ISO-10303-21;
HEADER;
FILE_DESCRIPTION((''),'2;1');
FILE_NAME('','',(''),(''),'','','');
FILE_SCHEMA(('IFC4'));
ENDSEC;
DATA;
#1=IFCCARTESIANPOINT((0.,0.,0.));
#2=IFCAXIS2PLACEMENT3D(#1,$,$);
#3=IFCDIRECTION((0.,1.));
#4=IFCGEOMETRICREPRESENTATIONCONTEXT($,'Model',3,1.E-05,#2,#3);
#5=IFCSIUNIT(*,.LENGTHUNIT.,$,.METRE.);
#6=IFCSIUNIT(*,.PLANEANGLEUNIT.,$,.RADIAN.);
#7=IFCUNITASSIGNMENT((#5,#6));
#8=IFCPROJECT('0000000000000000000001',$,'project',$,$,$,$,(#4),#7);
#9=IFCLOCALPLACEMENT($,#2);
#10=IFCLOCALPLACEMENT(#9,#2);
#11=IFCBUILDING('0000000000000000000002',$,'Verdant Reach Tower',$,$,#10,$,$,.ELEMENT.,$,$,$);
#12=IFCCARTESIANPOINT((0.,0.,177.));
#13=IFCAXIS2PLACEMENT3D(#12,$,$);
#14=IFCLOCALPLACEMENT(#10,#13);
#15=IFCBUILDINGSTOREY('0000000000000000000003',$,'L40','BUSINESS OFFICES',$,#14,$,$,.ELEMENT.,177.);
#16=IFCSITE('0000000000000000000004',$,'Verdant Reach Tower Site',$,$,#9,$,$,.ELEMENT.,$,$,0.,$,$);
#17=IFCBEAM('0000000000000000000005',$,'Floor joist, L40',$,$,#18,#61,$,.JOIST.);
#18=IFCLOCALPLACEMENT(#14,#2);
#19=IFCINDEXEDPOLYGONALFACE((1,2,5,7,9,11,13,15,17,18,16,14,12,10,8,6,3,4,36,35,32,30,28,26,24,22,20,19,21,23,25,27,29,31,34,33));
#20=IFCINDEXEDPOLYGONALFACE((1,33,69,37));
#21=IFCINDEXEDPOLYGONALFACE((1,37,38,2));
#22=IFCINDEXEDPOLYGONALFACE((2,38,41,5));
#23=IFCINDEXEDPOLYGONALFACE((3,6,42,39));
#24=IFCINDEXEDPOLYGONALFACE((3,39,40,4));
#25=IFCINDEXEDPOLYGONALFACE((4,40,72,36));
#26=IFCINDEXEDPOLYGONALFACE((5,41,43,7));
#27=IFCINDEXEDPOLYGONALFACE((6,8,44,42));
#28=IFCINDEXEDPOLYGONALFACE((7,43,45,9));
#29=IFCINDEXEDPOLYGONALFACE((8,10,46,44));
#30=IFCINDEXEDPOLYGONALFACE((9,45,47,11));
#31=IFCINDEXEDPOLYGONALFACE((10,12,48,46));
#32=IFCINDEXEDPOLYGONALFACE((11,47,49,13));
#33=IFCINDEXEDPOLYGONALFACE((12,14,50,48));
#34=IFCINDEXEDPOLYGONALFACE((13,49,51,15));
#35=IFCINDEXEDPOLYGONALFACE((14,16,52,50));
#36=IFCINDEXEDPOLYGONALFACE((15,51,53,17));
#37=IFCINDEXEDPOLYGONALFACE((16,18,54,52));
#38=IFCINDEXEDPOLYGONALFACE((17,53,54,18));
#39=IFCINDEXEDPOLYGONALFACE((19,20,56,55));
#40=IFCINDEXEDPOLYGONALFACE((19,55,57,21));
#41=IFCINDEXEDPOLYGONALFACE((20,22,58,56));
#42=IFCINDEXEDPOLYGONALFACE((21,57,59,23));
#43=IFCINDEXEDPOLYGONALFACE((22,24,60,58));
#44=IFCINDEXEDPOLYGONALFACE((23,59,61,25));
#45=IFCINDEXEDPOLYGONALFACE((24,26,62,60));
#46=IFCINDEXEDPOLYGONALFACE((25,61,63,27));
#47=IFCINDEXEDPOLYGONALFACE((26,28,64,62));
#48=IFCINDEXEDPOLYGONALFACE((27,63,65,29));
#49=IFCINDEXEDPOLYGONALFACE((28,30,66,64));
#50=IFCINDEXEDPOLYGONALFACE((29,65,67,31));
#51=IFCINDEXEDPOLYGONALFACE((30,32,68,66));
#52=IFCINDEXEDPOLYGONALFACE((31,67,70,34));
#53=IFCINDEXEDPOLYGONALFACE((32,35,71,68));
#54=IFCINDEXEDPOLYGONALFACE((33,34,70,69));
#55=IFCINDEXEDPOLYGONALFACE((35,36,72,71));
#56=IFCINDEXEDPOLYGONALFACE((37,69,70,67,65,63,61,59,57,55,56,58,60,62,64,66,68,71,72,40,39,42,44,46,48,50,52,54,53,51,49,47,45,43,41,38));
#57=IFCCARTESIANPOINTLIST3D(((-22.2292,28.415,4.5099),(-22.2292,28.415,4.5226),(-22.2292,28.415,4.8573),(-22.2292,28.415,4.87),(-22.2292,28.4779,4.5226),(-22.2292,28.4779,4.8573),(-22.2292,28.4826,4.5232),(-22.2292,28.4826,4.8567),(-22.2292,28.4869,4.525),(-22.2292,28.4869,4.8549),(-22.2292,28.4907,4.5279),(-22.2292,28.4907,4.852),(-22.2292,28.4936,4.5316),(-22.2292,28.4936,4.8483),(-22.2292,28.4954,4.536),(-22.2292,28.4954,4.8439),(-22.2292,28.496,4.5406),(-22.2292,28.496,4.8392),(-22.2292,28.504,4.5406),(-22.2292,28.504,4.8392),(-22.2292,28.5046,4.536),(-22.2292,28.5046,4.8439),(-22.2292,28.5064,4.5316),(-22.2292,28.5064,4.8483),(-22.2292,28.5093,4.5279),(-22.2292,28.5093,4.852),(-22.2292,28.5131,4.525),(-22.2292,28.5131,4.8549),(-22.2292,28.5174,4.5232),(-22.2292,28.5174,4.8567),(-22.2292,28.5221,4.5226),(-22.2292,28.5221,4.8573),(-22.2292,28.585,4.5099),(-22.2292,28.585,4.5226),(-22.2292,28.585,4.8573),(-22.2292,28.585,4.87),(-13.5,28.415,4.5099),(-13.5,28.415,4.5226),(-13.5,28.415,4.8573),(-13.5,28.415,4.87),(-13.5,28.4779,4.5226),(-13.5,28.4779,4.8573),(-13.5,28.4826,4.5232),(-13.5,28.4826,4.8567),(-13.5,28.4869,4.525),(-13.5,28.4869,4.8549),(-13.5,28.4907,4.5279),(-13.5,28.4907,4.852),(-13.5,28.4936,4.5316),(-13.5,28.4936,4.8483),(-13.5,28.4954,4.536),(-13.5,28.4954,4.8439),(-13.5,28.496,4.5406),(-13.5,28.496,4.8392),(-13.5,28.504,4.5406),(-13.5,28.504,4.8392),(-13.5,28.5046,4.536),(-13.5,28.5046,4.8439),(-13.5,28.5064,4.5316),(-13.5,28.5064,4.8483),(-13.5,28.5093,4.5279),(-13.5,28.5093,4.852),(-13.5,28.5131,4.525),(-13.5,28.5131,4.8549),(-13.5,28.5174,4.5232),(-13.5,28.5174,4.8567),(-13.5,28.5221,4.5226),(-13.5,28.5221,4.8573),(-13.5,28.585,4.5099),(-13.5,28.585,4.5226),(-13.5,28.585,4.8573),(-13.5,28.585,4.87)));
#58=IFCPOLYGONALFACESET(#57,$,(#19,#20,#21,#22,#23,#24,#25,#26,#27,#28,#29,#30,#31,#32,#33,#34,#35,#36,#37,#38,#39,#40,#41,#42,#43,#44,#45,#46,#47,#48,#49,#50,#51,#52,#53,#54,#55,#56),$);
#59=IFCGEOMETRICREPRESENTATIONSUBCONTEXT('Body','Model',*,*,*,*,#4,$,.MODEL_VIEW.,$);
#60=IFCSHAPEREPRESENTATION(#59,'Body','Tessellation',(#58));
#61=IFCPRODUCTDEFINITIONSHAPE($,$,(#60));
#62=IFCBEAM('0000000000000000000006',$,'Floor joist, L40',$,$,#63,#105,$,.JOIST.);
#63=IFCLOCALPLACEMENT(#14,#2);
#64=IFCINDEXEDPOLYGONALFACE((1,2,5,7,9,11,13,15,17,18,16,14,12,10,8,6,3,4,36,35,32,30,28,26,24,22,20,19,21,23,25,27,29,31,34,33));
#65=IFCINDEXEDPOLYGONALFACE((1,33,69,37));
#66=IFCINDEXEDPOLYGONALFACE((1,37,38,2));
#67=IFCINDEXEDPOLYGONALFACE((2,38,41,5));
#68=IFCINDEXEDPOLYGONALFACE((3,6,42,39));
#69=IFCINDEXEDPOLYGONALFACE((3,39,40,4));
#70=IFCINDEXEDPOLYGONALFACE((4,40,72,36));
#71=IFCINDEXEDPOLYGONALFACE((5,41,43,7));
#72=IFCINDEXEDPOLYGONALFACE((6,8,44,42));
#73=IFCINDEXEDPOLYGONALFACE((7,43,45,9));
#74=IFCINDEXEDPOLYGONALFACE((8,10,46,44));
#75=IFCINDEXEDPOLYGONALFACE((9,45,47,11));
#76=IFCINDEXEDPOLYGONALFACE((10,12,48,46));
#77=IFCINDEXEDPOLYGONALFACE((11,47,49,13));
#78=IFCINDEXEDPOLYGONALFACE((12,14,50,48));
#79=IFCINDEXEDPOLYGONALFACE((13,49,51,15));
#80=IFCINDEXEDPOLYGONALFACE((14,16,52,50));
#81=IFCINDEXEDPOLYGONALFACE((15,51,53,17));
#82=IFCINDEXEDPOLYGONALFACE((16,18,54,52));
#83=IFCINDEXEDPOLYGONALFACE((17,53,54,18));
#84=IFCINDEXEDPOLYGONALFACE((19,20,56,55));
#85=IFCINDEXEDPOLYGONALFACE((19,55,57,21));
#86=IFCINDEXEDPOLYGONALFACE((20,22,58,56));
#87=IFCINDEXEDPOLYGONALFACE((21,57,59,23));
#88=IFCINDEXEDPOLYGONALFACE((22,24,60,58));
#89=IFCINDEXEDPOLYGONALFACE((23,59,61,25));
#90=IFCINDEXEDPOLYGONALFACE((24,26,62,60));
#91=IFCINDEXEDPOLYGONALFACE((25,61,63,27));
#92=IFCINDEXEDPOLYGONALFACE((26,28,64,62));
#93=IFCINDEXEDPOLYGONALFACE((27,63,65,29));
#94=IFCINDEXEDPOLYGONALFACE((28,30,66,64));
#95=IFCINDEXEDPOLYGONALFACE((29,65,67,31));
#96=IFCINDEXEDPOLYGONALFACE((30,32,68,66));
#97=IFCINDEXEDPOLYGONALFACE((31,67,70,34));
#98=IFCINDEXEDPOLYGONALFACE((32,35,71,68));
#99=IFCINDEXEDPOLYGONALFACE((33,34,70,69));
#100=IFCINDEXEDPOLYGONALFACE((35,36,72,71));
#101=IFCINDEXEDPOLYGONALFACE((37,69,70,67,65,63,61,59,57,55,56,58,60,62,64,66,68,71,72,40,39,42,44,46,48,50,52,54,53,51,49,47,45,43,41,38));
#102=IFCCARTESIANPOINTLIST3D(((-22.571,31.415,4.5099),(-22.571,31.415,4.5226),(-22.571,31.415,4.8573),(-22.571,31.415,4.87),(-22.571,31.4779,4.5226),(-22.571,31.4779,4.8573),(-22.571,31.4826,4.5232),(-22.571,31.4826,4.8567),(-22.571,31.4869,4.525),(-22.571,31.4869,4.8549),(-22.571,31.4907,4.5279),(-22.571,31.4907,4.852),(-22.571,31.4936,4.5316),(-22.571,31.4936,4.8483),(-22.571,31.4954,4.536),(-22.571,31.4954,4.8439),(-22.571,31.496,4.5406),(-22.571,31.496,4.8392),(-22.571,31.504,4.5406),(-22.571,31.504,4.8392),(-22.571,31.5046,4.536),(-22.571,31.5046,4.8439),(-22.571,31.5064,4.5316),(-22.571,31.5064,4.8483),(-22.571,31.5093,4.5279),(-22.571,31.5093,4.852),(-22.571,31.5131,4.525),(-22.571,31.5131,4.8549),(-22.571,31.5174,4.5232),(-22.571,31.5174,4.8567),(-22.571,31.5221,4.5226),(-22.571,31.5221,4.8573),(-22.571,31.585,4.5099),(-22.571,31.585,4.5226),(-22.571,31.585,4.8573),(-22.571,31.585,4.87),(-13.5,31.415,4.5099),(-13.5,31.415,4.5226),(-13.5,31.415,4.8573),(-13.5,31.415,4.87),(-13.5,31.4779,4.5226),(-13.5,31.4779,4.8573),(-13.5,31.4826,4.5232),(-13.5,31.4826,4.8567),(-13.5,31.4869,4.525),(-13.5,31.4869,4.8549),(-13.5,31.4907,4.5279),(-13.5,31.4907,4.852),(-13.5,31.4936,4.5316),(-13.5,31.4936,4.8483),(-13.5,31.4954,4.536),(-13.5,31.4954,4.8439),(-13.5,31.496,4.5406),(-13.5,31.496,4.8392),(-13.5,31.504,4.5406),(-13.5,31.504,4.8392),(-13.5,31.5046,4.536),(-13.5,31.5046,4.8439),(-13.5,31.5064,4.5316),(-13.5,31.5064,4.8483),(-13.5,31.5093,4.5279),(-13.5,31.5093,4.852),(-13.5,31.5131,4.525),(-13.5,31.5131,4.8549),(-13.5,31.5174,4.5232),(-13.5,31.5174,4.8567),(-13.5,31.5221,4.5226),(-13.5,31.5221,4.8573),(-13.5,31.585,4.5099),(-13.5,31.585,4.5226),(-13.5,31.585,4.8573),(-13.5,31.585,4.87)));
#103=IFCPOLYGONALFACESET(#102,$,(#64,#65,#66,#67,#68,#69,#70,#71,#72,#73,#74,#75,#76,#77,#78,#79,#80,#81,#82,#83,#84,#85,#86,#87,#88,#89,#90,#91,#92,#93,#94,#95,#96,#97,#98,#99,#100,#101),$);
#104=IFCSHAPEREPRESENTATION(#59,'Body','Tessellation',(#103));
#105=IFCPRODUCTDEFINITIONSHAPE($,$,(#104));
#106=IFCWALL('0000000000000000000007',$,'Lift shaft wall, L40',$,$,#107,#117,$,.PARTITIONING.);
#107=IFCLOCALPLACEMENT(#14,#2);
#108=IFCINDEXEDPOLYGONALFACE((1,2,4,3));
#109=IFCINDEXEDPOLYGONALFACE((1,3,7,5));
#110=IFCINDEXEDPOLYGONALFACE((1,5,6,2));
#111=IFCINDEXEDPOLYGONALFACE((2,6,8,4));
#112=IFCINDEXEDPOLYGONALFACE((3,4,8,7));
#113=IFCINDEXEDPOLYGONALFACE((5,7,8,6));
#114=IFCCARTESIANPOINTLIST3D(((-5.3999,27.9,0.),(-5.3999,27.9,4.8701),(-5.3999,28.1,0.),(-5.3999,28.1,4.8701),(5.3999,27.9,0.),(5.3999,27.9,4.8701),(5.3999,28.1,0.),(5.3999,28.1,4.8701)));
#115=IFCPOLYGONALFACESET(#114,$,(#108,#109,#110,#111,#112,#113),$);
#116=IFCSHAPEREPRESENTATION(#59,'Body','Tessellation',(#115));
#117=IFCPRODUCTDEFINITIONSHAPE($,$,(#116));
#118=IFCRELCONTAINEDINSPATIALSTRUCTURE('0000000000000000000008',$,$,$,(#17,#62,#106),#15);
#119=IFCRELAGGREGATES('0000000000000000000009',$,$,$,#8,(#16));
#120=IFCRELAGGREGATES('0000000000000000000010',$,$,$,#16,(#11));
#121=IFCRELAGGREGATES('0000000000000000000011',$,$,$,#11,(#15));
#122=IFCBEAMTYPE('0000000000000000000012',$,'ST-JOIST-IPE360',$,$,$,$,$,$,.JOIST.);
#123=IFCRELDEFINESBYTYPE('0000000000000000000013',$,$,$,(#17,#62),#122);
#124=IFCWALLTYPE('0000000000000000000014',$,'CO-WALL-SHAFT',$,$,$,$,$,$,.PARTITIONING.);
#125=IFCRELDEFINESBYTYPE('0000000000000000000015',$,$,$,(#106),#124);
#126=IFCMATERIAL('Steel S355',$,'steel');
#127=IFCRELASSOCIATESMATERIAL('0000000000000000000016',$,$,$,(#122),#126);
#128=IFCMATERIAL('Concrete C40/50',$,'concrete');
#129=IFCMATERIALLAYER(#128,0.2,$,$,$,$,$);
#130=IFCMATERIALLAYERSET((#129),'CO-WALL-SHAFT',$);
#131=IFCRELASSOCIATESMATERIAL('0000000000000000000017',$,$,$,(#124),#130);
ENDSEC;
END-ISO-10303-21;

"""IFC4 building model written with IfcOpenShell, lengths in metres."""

from ifc_helpers import new_model, si_unit, direction, frame, frame_2d, origin, origin_2d, place, context, subcontext, project, spatial, rectangle, i_section, extrude, material, layer, layer_set, material_profile, profile_set, type_object, element, save


model = new_model("IFC4")

# Units and contexts
model_context = context("Model", 3, precision=1e-05, world=origin(), true_north=direction((0.0, 1.0)))
body_context = subcontext(model_context, "Body", "Model", "MODEL_VIEW")
ifc_project = project(units=[si_unit("LENGTHUNIT", "METRE"), si_unit("PLANEANGLEUNIT", "RADIAN")], contexts=[model_context])

# Site, building, storey
site_placement = place(None, origin())
site = spatial("IfcSite", under=ifc_project, at=site_placement, Name="Verdant Reach Tower Site", CompositionType="ELEMENT", RefElevation=0.0)
building_placement = place(site_placement, origin())
building = spatial("IfcBuilding", under=site, at=building_placement, Name="Verdant Reach Tower", CompositionType="ELEMENT")
storey_placement = place(building_placement, frame((0.0, 0.0, 177.0)))
storey = spatial("IfcBuildingStorey", under=building, at=storey_placement, Name="L40", Description="BUSINESS OFFICES", CompositionType="ELEMENT", Elevation=177.0)

# Beams
ifc_material_1 = material(Name="Steel S355", Category="steel")
ifc_material_profile = material_profile(ifc_material_1, i_section(OverallWidth=0.1699, OverallDepth=0.3601, WebThickness=0.0081, FlangeThickness=0.0127, FilletRadius=0.0181, at=origin_2d()), Name="IPE 360")
ifc_profile_set = profile_set([ifc_material_profile], Name="Steel S355")
beam_type = type_object("IfcBeamType", Name="ST-JOIST-IPE360", PredefinedType="JOIST", material=ifc_profile_set)
beam_1_placement = place(storey_placement, frame((-13.5, 28.5, 4.6899), z_axis=(-1.0, 0.0, 0.0), x_axis=(0.0, -1.0, 0.0)))
element("IfcBeam", 1, at=beam_1_placement, inside=storey, type_object=beam_type, Name="Floor joist, L40", PredefinedType="JOIST", context=body_context, shape_type="SweptSolid", body=[
    extrude(i_section(OverallWidth=0.1699, OverallDepth=0.3601, WebThickness=0.0081, FlangeThickness=0.0127, FilletRadius=0.0181, at=origin_2d()), origin(), (0.0, 0.0, 1.0), 8.7292),
])
beam_2_placement = place(storey_placement, frame((-13.5, 31.5, 4.6899), z_axis=(-1.0, 0.0, 0.0), x_axis=(0.0, -1.0, 0.0)))
element("IfcBeam", 2, at=beam_2_placement, inside=storey, type_object=beam_type, Name="Floor joist, L40", PredefinedType="JOIST", context=body_context, shape_type="SweptSolid", body=[
    extrude(i_section(OverallWidth=0.1699, OverallDepth=0.3601, WebThickness=0.0081, FlangeThickness=0.0127, FilletRadius=0.0181, at=origin_2d()), origin(), (0.0, 0.0, 1.0), 9.071),
])

# Wall
ifc_material_2 = material(Name="Concrete C40/50", Category="concrete")
ifc_layer_1 = layer(ifc_material_2, 0.2)
ifc_layer_set_1 = layer_set([ifc_layer_1], Name="CO-WALL-SHAFT")
wall_type_1 = type_object("IfcWallType", Name="CO-WALL-SHAFT", PredefinedType="PARTITIONING", material=ifc_layer_set_1)
wall_1_placement = place(storey_placement, frame((-5.3999, 28.0, 0.0), z_axis=(0.0, 0.0, 1.0), x_axis=(1.0, 0.0, 0.0)))
element("IfcWall", 3, at=wall_1_placement, inside=storey, type_object=wall_type_1, Name="Lift shaft wall, L40", PredefinedType="PARTITIONING", context=body_context, shape_type="SweptSolid", body=[
    extrude(rectangle(XDim=10.7998, YDim=0.2, at=frame_2d((5.3999, 0.0))), origin(), (0.0, 0.0, 1.0), 4.8701),
])

save(model, "model.ifc")
